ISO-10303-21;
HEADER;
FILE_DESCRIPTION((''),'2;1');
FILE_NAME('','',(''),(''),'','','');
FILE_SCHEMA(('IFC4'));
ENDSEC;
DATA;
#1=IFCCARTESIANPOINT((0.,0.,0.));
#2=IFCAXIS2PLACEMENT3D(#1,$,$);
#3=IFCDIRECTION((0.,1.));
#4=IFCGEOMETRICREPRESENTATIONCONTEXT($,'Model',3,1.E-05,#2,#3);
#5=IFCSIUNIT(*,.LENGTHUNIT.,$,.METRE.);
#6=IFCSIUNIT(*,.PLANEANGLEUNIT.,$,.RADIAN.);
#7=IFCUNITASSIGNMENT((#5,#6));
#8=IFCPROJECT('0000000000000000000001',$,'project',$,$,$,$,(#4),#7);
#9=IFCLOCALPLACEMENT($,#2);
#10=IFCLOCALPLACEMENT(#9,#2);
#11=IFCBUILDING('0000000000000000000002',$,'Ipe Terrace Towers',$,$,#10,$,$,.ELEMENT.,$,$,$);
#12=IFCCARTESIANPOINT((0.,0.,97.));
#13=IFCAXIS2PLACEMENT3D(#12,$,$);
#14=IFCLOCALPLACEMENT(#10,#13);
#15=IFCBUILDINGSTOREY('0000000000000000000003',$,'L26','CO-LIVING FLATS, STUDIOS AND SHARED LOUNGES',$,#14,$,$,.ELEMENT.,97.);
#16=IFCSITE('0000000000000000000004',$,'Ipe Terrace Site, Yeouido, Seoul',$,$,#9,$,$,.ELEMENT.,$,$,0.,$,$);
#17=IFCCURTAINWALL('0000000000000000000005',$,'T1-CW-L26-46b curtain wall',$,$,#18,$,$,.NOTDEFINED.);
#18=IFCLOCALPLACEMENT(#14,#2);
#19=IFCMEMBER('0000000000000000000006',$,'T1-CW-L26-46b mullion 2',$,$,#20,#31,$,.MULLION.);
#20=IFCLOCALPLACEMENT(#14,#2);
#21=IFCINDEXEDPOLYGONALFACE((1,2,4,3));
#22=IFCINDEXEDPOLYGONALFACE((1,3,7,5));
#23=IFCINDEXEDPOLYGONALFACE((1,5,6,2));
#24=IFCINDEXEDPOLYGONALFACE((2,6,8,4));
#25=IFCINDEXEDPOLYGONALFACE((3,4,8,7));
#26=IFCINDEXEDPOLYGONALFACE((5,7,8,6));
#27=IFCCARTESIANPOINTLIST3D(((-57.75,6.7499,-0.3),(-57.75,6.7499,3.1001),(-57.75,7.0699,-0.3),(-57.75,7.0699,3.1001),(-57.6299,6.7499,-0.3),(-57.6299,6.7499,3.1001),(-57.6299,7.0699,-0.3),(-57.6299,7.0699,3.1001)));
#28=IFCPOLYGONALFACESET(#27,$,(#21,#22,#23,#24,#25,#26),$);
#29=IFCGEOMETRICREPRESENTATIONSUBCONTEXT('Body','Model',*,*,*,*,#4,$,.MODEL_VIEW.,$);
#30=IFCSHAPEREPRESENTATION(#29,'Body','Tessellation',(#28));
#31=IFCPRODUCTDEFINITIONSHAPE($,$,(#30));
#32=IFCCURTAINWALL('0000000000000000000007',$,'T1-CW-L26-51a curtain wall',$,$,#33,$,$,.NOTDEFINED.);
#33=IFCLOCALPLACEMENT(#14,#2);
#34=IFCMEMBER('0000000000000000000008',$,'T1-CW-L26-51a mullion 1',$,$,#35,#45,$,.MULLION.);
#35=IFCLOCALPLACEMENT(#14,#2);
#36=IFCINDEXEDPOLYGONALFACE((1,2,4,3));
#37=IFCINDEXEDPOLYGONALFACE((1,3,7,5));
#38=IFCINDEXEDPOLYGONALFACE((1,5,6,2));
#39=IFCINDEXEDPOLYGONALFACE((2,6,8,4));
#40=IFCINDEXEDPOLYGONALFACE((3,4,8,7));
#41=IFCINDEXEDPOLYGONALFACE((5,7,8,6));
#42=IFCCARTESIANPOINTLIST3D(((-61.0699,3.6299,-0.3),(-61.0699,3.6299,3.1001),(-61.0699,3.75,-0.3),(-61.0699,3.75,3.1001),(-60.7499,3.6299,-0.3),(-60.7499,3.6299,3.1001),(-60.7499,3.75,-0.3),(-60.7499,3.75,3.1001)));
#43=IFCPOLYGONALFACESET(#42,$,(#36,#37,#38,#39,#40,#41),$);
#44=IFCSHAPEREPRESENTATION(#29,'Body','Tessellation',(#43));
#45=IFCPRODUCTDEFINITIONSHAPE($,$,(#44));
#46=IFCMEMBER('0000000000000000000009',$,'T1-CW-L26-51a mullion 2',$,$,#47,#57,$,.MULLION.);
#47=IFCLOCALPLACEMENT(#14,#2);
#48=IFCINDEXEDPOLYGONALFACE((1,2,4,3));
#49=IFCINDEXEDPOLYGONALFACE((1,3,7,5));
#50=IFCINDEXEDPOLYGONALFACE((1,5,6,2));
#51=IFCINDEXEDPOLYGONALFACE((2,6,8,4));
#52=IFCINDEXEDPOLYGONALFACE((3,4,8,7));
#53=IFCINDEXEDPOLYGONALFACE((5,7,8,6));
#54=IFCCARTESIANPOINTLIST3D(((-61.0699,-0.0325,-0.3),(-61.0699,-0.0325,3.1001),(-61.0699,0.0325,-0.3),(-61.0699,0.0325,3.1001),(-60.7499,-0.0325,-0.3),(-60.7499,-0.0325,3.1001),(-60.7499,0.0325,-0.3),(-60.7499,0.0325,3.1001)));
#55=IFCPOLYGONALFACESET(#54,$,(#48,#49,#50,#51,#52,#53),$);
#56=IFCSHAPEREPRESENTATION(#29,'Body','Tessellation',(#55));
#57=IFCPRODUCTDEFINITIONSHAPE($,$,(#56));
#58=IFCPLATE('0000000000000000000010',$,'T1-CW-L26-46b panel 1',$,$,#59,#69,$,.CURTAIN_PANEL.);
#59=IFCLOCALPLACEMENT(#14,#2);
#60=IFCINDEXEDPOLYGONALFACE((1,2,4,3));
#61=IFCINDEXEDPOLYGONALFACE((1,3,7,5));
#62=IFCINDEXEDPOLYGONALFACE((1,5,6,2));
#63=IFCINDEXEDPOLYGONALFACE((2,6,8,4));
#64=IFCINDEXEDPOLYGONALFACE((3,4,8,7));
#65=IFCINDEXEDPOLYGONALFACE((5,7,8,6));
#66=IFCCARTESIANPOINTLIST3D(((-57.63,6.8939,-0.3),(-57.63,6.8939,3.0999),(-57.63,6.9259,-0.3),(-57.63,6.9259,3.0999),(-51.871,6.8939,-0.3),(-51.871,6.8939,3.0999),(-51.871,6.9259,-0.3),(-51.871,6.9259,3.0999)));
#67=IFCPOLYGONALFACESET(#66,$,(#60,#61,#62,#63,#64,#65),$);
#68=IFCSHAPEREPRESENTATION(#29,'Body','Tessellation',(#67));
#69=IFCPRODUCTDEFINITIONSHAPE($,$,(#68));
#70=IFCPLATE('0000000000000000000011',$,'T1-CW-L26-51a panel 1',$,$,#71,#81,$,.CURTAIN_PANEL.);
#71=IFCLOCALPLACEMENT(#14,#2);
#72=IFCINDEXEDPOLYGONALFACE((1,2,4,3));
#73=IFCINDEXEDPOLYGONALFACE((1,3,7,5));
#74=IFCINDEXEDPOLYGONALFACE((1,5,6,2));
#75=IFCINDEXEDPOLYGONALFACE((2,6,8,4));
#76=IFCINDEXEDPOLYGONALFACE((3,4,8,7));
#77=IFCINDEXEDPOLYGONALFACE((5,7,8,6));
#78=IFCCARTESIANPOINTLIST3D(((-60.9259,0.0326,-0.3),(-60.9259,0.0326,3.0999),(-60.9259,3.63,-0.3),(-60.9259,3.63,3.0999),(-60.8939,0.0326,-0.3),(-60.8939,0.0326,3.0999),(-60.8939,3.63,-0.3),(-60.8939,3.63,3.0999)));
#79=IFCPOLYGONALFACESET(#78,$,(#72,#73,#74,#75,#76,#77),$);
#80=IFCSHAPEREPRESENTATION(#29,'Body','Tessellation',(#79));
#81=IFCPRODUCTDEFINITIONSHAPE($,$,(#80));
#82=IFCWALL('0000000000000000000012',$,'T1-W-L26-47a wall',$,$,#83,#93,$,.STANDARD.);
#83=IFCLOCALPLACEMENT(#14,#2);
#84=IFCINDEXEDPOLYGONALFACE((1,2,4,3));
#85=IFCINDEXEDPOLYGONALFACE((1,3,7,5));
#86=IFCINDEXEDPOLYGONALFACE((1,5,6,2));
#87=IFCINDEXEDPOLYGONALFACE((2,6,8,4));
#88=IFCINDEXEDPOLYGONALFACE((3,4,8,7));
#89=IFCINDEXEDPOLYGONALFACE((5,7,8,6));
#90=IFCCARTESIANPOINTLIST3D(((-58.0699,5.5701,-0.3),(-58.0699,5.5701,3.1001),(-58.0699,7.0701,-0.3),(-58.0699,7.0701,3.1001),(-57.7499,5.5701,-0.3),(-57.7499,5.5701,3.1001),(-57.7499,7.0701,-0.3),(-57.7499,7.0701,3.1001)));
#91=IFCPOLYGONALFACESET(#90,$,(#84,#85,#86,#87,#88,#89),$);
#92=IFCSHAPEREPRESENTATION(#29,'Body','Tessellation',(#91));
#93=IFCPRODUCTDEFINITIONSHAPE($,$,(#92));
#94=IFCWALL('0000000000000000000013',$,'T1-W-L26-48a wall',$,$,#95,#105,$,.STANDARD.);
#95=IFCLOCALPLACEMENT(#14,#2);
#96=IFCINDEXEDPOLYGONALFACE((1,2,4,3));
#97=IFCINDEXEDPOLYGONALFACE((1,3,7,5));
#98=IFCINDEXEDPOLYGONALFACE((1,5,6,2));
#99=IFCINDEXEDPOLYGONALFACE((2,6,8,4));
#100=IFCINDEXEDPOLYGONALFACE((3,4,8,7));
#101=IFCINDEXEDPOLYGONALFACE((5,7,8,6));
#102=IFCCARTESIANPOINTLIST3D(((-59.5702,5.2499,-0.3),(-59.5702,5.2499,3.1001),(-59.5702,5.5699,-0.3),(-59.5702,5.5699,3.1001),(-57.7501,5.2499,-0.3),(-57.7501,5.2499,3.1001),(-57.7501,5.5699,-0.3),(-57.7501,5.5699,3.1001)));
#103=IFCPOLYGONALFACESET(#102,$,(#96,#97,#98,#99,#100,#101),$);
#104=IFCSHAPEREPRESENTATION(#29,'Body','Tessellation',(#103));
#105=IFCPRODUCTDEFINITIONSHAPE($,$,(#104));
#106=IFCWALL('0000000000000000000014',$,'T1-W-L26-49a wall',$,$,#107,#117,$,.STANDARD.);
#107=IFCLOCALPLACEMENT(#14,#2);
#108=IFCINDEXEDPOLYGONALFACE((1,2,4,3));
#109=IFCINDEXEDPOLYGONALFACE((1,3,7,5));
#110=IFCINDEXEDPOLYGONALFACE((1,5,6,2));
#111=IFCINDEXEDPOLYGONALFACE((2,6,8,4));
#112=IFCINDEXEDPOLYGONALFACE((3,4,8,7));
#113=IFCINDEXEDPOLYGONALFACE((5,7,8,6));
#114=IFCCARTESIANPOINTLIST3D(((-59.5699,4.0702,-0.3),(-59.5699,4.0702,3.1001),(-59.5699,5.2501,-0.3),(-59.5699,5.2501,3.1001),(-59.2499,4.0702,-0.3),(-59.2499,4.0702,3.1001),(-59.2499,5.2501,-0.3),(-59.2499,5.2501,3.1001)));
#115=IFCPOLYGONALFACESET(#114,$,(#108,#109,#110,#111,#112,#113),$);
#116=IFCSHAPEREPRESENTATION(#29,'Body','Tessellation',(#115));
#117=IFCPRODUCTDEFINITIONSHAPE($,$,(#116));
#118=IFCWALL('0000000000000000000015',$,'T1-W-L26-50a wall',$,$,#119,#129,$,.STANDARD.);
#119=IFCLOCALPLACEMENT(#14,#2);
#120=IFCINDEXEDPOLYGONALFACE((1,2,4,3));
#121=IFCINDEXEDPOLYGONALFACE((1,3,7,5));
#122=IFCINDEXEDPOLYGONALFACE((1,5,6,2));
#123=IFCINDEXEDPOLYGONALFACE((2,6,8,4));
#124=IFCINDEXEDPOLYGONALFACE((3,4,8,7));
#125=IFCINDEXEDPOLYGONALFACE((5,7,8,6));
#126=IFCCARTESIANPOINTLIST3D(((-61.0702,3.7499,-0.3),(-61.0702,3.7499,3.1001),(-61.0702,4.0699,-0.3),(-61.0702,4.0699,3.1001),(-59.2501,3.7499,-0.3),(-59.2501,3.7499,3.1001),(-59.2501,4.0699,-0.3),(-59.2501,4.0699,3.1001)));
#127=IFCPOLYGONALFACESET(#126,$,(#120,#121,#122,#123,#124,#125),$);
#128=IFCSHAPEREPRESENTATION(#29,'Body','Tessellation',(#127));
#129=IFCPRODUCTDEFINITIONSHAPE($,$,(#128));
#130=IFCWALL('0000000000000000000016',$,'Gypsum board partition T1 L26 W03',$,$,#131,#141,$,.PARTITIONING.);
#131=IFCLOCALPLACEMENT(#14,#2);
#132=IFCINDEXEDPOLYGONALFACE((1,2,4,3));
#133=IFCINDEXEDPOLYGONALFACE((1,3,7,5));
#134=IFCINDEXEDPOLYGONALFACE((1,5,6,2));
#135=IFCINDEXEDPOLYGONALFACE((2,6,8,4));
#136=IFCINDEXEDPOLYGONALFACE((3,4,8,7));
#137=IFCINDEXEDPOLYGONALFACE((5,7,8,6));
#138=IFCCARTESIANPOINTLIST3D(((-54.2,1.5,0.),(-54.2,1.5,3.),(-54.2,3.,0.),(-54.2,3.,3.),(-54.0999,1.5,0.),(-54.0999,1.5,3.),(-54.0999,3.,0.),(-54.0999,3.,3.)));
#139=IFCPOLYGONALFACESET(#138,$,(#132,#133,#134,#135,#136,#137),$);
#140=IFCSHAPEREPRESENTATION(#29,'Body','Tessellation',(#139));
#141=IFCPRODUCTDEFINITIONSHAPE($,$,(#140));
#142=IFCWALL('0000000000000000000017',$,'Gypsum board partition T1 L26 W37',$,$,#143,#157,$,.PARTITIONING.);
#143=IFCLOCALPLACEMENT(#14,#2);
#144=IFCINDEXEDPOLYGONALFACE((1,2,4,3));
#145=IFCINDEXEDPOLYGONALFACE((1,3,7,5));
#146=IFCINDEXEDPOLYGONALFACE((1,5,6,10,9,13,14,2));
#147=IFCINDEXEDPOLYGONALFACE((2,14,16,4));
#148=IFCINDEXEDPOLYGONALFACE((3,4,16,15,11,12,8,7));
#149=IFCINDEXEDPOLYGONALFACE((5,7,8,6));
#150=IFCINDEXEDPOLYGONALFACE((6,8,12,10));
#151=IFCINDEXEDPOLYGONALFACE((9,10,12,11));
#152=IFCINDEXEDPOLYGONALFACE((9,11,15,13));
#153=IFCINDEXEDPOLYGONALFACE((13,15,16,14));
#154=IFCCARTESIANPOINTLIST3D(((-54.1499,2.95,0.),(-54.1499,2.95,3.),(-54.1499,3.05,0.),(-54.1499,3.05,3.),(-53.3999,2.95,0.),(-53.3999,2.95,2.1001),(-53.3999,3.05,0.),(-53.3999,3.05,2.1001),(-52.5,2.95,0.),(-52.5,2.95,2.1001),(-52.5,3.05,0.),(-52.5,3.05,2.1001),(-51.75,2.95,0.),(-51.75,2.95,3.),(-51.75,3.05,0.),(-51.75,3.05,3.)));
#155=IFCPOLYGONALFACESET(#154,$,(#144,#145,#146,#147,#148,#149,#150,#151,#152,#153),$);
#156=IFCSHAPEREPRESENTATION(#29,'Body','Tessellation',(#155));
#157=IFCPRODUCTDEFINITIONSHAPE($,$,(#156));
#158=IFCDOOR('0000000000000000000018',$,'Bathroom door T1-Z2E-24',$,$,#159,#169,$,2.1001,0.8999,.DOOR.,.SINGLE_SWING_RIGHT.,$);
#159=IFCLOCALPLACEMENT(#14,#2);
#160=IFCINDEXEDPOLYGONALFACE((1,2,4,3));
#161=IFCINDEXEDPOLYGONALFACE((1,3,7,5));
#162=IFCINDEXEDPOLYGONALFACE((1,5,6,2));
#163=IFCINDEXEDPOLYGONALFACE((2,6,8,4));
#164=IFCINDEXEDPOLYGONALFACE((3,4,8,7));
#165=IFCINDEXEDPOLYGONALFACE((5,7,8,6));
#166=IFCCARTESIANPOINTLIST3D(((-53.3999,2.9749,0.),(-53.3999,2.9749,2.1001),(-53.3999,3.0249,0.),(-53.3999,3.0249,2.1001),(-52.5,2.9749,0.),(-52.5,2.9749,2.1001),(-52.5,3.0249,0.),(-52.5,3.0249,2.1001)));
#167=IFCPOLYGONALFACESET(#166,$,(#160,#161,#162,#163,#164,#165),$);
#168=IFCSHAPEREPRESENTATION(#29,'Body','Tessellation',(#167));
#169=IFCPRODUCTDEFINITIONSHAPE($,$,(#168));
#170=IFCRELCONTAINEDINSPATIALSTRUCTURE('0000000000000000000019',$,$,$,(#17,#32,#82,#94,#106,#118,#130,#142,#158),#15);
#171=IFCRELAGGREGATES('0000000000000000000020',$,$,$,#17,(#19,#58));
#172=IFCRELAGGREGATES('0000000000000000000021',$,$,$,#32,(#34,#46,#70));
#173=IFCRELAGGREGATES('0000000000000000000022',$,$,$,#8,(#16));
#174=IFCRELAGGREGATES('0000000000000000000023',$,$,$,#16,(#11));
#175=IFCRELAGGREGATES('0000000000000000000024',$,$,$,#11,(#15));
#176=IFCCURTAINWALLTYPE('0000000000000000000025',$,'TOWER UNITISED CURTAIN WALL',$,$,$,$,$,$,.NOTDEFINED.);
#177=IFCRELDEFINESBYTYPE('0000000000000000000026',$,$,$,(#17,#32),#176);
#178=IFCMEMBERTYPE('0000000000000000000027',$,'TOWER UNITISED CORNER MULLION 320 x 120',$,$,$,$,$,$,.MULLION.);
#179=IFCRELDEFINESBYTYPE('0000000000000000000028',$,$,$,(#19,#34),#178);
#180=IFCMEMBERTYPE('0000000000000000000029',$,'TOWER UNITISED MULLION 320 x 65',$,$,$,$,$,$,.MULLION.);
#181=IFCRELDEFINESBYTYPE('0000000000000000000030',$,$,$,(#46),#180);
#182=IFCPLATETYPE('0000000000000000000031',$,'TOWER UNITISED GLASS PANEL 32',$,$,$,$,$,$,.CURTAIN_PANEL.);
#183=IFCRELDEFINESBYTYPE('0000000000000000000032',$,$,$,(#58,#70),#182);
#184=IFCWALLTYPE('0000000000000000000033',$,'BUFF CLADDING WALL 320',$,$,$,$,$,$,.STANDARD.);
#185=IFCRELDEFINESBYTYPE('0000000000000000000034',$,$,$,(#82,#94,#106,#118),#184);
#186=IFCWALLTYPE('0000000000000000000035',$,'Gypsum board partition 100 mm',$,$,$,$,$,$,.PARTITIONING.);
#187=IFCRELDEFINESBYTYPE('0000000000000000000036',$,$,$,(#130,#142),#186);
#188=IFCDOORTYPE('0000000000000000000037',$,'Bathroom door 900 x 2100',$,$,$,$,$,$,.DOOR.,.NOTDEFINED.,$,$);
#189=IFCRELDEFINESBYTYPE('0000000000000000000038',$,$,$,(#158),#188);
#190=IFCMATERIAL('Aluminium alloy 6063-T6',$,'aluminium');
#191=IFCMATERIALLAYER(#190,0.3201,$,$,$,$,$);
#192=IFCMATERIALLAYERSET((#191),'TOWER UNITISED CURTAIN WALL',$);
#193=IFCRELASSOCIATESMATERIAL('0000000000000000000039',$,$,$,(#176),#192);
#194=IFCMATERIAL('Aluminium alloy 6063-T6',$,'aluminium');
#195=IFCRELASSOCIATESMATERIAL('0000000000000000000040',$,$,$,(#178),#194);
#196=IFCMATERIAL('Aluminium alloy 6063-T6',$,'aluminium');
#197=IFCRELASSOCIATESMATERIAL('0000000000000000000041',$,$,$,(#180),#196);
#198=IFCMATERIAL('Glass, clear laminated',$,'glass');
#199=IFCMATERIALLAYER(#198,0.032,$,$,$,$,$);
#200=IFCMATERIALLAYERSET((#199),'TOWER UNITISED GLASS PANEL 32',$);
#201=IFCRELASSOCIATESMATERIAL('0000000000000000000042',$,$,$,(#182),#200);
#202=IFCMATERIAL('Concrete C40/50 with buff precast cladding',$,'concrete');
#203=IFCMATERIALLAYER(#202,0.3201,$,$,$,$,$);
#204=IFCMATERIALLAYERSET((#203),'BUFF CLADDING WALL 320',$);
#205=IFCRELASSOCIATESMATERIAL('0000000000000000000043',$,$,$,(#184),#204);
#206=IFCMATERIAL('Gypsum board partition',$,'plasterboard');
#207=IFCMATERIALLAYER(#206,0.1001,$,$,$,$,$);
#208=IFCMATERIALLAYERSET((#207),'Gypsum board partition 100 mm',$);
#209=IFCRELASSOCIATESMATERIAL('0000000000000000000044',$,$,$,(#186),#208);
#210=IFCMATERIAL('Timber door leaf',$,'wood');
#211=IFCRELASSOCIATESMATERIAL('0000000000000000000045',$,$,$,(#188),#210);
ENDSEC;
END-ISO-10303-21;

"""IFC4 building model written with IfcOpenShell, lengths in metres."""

from ifc_helpers import new_model, si_unit, direction, frame, frame_2d, origin, origin_2d, place, context, subcontext, project, spatial, rectangle, extrude, material, layer, layer_set, material_profile, profile_set, type_object, element, fill, aggregate, save


model = new_model("IFC4")

# Units and contexts
model_context = context("Model", 3, precision=1e-05, world=origin(), true_north=direction((0.0, 1.0)))
body_context = subcontext(model_context, "Body", "Model", "MODEL_VIEW")
ifc_project = project(units=[si_unit("LENGTHUNIT", "METRE"), si_unit("PLANEANGLEUNIT", "RADIAN")], contexts=[model_context])

# Site, building, storey
site_placement = place(None, origin())
site = spatial("IfcSite", under=ifc_project, at=site_placement, Name="Ipe Terrace Site, Yeouido, Seoul", CompositionType="ELEMENT", RefElevation=0.0)
building_placement = place(site_placement, origin())
building = spatial("IfcBuilding", under=site, at=building_placement, Name="Ipe Terrace Towers", CompositionType="ELEMENT")
storey_placement = place(building_placement, frame((0.0, 0.0, 97.0)))
storey = spatial("IfcBuildingStorey", under=building, at=storey_placement, Name="L26", Description="CO-LIVING FLATS, STUDIOS AND SHARED LOUNGES", CompositionType="ELEMENT", Elevation=97.0)

# Curtain walls, members
ifc_material_1 = material(Name="Aluminium alloy 6063-T6", Category="aluminium")
ifc_layer_1 = layer(ifc_material_1, 0.3201)
ifc_layer_set_1 = layer_set([ifc_layer_1], Name="TOWER UNITISED CURTAIN WALL")
curtain_wall_type = type_object("IfcCurtainWallType", Name="TOWER UNITISED CURTAIN WALL", PredefinedType="NOTDEFINED", material=ifc_layer_set_1)
curtain_wall_1_placement = place(storey_placement, origin())
curtain_wall_1 = element("IfcCurtainWall", 1, at=curtain_wall_1_placement, inside=storey, type_object=curtain_wall_type, Name="T1-CW-L26-46b curtain wall", PredefinedType="NOTDEFINED")
ifc_material_2 = material(Name="Aluminium alloy 6063-T6", Category="aluminium")
ifc_material_profile_1 = material_profile(ifc_material_2, rectangle(XDim=0.3201, YDim=0.1201, at=origin_2d()), Name="TOWER UNITISED CORNER MULLION 320 x 120")
ifc_profile_set_1 = profile_set([ifc_material_profile_1], Name="Aluminium alloy 6063-T6")
member_type_1 = type_object("IfcMemberType", Name="TOWER UNITISED CORNER MULLION 320 x 120", PredefinedType="MULLION", material=ifc_profile_set_1)
member_1_placement = place(storey_placement, frame((-57.6899, 6.9099, -0.3), z_axis=(0.0, 0.0, 1.0), x_axis=(0.0, 1.0, 0.0)))
member_1 = element("IfcMember", 2, at=member_1_placement, type_object=member_type_1, Name="T1-CW-L26-46b mullion 2", PredefinedType="MULLION", context=body_context, shape_type="SweptSolid", body=[
    extrude(rectangle(XDim=0.3201, YDim=0.1201, at=origin_2d()), origin(), (0.0, 0.0, 1.0), 3.4001),
])
curtain_wall_2_placement = place(storey_placement, origin())
curtain_wall_2 = element("IfcCurtainWall", 3, at=curtain_wall_2_placement, inside=storey, type_object=curtain_wall_type, Name="T1-CW-L26-51a curtain wall", PredefinedType="NOTDEFINED")
member_2_placement = place(storey_placement, frame((-60.9099, 3.6899, -0.3), z_axis=(0.0, 0.0, 1.0), x_axis=(-1.0, 0.0, 0.0)))
member_2 = element("IfcMember", 4, at=member_2_placement, type_object=member_type_1, Name="T1-CW-L26-51a mullion 1", PredefinedType="MULLION", context=body_context, shape_type="SweptSolid", body=[
    extrude(rectangle(XDim=0.3201, YDim=0.1201, at=origin_2d()), origin(), (0.0, 0.0, 1.0), 3.4001),
])
ifc_material_3 = material(Name="Aluminium alloy 6063-T6", Category="aluminium")
ifc_material_profile_2 = material_profile(ifc_material_3, rectangle(XDim=0.3201, YDim=0.0649, at=origin_2d()), Name="TOWER UNITISED MULLION 320 x 65")
ifc_profile_set_2 = profile_set([ifc_material_profile_2], Name="Aluminium alloy 6063-T6")
member_type_2 = type_object("IfcMemberType", Name="TOWER UNITISED MULLION 320 x 65", PredefinedType="MULLION", material=ifc_profile_set_2)
member_3_placement = place(storey_placement, frame((-60.9099, 0.0, -0.3), z_axis=(0.0, 0.0, 1.0), x_axis=(-1.0, 0.0, 0.0)))
member_3 = element("IfcMember", 5, at=member_3_placement, type_object=member_type_2, Name="T1-CW-L26-51a mullion 2", PredefinedType="MULLION", context=body_context, shape_type="SweptSolid", body=[
    extrude(rectangle(XDim=0.3201, YDim=0.0649, at=origin_2d()), origin(), (0.0, 0.0, 1.0), 3.4001),
])

# Plates
ifc_material_4 = material(Name="Glass, clear laminated", Category="glass")
ifc_layer_2 = layer(ifc_material_4, 0.032)
ifc_layer_set_2 = layer_set([ifc_layer_2], Name="TOWER UNITISED GLASS PANEL 32")
plate_type = type_object("IfcPlateType", Name="TOWER UNITISED GLASS PANEL 32", PredefinedType="CURTAIN_PANEL", material=ifc_layer_set_2)
plate_1_placement = place(storey_placement, frame((-54.7505, 6.9099, -0.3), z_axis=(0.0, 0.0, 1.0), x_axis=(-1.0, 0.0, 0.0)))
plate_1 = element("IfcPlate", 6, at=plate_1_placement, type_object=plate_type, Name="T1-CW-L26-46b panel 1", PredefinedType="CURTAIN_PANEL", context=body_context, shape_type="SweptSolid", body=[
    extrude(rectangle(XDim=5.759, YDim=0.032, at=origin_2d()), origin(), (0.0, 0.0, 1.0), 3.3999),
])
aggregate(curtain_wall_1, [member_1, plate_1])
plate_2_placement = place(storey_placement, frame((-60.9099, 1.8313, -0.3), z_axis=(0.0, 0.0, 1.0), x_axis=(0.0, -1.0, 0.0)))
plate_2 = element("IfcPlate", 7, at=plate_2_placement, type_object=plate_type, Name="T1-CW-L26-51a panel 1", PredefinedType="CURTAIN_PANEL", context=body_context, shape_type="SweptSolid", body=[
    extrude(rectangle(XDim=3.5974, YDim=0.032, at=origin_2d()), origin(), (0.0, 0.0, 1.0), 3.3999),
])
aggregate(curtain_wall_2, [member_2, member_3, plate_2])

# Walls
ifc_material_5 = material(Name="Concrete C40/50 with buff precast cladding", Category="concrete")
ifc_layer_3 = layer(ifc_material_5, 0.3201)
ifc_layer_set_3 = layer_set([ifc_layer_3], Name="BUFF CLADDING WALL 320")
wall_type_1 = type_object("IfcWallType", Name="BUFF CLADDING WALL 320", PredefinedType="STANDARD", material=ifc_layer_set_3)
wall_1_placement = place(storey_placement, frame((-57.9099, 7.0701, -0.3), z_axis=(0.0, 0.0, 1.0), x_axis=(0.0, -1.0, 0.0)))
element("IfcWall", 8, at=wall_1_placement, inside=storey, type_object=wall_type_1, Name="T1-W-L26-47a wall", PredefinedType="STANDARD", context=body_context, shape_type="SweptSolid", body=[
    extrude(rectangle(XDim=1.5, YDim=0.3201, at=frame_2d((0.75, 0.0))), origin(), (0.0, 0.0, 1.0), 3.4001),
])
wall_2_placement = place(storey_placement, frame((-57.75, 5.4099, -0.3), z_axis=(0.0, 0.0, 1.0), x_axis=(-1.0, 0.0, 0.0)))
element("IfcWall", 9, at=wall_2_placement, inside=storey, type_object=wall_type_1, Name="T1-W-L26-48a wall", PredefinedType="STANDARD", context=body_context, shape_type="SweptSolid", body=[
    extrude(rectangle(XDim=1.8201, YDim=0.3201, at=frame_2d((0.9102, 0.0))), origin(), (0.0, 0.0, 1.0), 3.4001),
])
wall_3_placement = place(storey_placement, frame((-59.4099, 5.25, -0.3), z_axis=(0.0, 0.0, 1.0), x_axis=(0.0, -1.0, 0.0)))
element("IfcWall", 10, at=wall_3_placement, inside=storey, type_object=wall_type_1, Name="T1-W-L26-49a wall", PredefinedType="STANDARD", context=body_context, shape_type="SweptSolid", body=[
    extrude(rectangle(XDim=1.1799, YDim=0.3201, at=frame_2d((0.5898, 0.0))), origin(), (0.0, 0.0, 1.0), 3.4001),
])
wall_4_placement = place(storey_placement, frame((-59.25, 3.9099, -0.3), z_axis=(0.0, 0.0, 1.0), x_axis=(-1.0, 0.0, 0.0)))
element("IfcWall", 11, at=wall_4_placement, inside=storey, type_object=wall_type_1, Name="T1-W-L26-50a wall", PredefinedType="STANDARD", context=body_context, shape_type="SweptSolid", body=[
    extrude(rectangle(XDim=1.8201, YDim=0.3201, at=frame_2d((0.9102, 0.0))), origin(), (0.0, 0.0, 1.0), 3.4001),
])
ifc_material_6 = material(Name="Gypsum board partition", Category="plasterboard")
ifc_layer_4 = layer(ifc_material_6, 0.1001)
ifc_layer_set_4 = layer_set([ifc_layer_4], Name="Gypsum board partition 100 mm")
wall_type_2 = type_object("IfcWallType", Name="Gypsum board partition 100 mm", PredefinedType="PARTITIONING", material=ifc_layer_set_4)
wall_5_placement = place(storey_placement, frame((-54.1499, 1.5, 0.0), z_axis=(0.0, 0.0, 1.0), x_axis=(0.0, 1.0, 0.0)))
element("IfcWall", 12, at=wall_5_placement, inside=storey, type_object=wall_type_2, Name="Gypsum board partition T1 L26 W03", PredefinedType="PARTITIONING", context=body_context, shape_type="SweptSolid", body=[
    extrude(rectangle(XDim=1.5, YDim=0.1001, at=frame_2d((0.75, 0.0))), origin(), (0.0, 0.0, 1.0), 3.0),
])

# Wall, opening, door
wall_6_placement = place(storey_placement, frame((-54.1499, 3.0, 0.0), z_axis=(0.0, 0.0, 1.0), x_axis=(1.0, 0.0, 0.0)))
wall_6 = element("IfcWall", 13, at=wall_6_placement, inside=storey, type_object=wall_type_2, Name="Gypsum board partition T1 L26 W37", PredefinedType="PARTITIONING", context=body_context, shape_type="SweptSolid", body=[
    extrude(rectangle(XDim=2.3999, YDim=0.1001, at=frame_2d((1.2, 0.0))), origin(), (0.0, 0.0, 1.0), 3.0),
])
opening_1_placement = place(wall_6_placement, frame((0.75, 0.0, 0.0)))
opening_1 = element("IfcOpeningElement", 14, at=opening_1_placement, cuts=wall_6, PredefinedType="OPENING", context=body_context, shape_type="SweptSolid", body=[
    extrude(rectangle(XDim=0.8999, YDim=2.1001, at=frame_2d((0.45, 1.05))), frame((0.0, 0.0601, 0.0), z_axis=(0.0, -1.0, 0.0), x_axis=(1.0, 0.0, 0.0)), (0.0, 0.0, 1.0), 0.1201),
])
ifc_material_7 = material(Name="Timber door leaf", Category="wood")
door_type_1 = type_object("IfcDoorType", Name="Bathroom door 900 x 2100", OperationType="NOTDEFINED", PredefinedType="DOOR", material=ifc_material_7)
door_1_placement = place(opening_1_placement, origin())
door_1 = element("IfcDoor", 15, at=door_1_placement, inside=storey, type_object=door_type_1, Name="Bathroom door T1-Z2E-24", OperationType="SINGLE_SWING_RIGHT", OverallHeight=2.1001, OverallWidth=0.8999, PredefinedType="DOOR", context=body_context, shape_type="SweptSolid", body=[
    extrude(rectangle(XDim=0.8999, YDim=2.1001, at=frame_2d((0.45, 1.05))), frame((0.0, 0.0249, 0.0), z_axis=(0.0, -1.0, 0.0), x_axis=(1.0, 0.0, 0.0)), (0.0, 0.0, 1.0), 0.05),
])
fill(opening_1, door_1)

save(model, "model.ifc")
